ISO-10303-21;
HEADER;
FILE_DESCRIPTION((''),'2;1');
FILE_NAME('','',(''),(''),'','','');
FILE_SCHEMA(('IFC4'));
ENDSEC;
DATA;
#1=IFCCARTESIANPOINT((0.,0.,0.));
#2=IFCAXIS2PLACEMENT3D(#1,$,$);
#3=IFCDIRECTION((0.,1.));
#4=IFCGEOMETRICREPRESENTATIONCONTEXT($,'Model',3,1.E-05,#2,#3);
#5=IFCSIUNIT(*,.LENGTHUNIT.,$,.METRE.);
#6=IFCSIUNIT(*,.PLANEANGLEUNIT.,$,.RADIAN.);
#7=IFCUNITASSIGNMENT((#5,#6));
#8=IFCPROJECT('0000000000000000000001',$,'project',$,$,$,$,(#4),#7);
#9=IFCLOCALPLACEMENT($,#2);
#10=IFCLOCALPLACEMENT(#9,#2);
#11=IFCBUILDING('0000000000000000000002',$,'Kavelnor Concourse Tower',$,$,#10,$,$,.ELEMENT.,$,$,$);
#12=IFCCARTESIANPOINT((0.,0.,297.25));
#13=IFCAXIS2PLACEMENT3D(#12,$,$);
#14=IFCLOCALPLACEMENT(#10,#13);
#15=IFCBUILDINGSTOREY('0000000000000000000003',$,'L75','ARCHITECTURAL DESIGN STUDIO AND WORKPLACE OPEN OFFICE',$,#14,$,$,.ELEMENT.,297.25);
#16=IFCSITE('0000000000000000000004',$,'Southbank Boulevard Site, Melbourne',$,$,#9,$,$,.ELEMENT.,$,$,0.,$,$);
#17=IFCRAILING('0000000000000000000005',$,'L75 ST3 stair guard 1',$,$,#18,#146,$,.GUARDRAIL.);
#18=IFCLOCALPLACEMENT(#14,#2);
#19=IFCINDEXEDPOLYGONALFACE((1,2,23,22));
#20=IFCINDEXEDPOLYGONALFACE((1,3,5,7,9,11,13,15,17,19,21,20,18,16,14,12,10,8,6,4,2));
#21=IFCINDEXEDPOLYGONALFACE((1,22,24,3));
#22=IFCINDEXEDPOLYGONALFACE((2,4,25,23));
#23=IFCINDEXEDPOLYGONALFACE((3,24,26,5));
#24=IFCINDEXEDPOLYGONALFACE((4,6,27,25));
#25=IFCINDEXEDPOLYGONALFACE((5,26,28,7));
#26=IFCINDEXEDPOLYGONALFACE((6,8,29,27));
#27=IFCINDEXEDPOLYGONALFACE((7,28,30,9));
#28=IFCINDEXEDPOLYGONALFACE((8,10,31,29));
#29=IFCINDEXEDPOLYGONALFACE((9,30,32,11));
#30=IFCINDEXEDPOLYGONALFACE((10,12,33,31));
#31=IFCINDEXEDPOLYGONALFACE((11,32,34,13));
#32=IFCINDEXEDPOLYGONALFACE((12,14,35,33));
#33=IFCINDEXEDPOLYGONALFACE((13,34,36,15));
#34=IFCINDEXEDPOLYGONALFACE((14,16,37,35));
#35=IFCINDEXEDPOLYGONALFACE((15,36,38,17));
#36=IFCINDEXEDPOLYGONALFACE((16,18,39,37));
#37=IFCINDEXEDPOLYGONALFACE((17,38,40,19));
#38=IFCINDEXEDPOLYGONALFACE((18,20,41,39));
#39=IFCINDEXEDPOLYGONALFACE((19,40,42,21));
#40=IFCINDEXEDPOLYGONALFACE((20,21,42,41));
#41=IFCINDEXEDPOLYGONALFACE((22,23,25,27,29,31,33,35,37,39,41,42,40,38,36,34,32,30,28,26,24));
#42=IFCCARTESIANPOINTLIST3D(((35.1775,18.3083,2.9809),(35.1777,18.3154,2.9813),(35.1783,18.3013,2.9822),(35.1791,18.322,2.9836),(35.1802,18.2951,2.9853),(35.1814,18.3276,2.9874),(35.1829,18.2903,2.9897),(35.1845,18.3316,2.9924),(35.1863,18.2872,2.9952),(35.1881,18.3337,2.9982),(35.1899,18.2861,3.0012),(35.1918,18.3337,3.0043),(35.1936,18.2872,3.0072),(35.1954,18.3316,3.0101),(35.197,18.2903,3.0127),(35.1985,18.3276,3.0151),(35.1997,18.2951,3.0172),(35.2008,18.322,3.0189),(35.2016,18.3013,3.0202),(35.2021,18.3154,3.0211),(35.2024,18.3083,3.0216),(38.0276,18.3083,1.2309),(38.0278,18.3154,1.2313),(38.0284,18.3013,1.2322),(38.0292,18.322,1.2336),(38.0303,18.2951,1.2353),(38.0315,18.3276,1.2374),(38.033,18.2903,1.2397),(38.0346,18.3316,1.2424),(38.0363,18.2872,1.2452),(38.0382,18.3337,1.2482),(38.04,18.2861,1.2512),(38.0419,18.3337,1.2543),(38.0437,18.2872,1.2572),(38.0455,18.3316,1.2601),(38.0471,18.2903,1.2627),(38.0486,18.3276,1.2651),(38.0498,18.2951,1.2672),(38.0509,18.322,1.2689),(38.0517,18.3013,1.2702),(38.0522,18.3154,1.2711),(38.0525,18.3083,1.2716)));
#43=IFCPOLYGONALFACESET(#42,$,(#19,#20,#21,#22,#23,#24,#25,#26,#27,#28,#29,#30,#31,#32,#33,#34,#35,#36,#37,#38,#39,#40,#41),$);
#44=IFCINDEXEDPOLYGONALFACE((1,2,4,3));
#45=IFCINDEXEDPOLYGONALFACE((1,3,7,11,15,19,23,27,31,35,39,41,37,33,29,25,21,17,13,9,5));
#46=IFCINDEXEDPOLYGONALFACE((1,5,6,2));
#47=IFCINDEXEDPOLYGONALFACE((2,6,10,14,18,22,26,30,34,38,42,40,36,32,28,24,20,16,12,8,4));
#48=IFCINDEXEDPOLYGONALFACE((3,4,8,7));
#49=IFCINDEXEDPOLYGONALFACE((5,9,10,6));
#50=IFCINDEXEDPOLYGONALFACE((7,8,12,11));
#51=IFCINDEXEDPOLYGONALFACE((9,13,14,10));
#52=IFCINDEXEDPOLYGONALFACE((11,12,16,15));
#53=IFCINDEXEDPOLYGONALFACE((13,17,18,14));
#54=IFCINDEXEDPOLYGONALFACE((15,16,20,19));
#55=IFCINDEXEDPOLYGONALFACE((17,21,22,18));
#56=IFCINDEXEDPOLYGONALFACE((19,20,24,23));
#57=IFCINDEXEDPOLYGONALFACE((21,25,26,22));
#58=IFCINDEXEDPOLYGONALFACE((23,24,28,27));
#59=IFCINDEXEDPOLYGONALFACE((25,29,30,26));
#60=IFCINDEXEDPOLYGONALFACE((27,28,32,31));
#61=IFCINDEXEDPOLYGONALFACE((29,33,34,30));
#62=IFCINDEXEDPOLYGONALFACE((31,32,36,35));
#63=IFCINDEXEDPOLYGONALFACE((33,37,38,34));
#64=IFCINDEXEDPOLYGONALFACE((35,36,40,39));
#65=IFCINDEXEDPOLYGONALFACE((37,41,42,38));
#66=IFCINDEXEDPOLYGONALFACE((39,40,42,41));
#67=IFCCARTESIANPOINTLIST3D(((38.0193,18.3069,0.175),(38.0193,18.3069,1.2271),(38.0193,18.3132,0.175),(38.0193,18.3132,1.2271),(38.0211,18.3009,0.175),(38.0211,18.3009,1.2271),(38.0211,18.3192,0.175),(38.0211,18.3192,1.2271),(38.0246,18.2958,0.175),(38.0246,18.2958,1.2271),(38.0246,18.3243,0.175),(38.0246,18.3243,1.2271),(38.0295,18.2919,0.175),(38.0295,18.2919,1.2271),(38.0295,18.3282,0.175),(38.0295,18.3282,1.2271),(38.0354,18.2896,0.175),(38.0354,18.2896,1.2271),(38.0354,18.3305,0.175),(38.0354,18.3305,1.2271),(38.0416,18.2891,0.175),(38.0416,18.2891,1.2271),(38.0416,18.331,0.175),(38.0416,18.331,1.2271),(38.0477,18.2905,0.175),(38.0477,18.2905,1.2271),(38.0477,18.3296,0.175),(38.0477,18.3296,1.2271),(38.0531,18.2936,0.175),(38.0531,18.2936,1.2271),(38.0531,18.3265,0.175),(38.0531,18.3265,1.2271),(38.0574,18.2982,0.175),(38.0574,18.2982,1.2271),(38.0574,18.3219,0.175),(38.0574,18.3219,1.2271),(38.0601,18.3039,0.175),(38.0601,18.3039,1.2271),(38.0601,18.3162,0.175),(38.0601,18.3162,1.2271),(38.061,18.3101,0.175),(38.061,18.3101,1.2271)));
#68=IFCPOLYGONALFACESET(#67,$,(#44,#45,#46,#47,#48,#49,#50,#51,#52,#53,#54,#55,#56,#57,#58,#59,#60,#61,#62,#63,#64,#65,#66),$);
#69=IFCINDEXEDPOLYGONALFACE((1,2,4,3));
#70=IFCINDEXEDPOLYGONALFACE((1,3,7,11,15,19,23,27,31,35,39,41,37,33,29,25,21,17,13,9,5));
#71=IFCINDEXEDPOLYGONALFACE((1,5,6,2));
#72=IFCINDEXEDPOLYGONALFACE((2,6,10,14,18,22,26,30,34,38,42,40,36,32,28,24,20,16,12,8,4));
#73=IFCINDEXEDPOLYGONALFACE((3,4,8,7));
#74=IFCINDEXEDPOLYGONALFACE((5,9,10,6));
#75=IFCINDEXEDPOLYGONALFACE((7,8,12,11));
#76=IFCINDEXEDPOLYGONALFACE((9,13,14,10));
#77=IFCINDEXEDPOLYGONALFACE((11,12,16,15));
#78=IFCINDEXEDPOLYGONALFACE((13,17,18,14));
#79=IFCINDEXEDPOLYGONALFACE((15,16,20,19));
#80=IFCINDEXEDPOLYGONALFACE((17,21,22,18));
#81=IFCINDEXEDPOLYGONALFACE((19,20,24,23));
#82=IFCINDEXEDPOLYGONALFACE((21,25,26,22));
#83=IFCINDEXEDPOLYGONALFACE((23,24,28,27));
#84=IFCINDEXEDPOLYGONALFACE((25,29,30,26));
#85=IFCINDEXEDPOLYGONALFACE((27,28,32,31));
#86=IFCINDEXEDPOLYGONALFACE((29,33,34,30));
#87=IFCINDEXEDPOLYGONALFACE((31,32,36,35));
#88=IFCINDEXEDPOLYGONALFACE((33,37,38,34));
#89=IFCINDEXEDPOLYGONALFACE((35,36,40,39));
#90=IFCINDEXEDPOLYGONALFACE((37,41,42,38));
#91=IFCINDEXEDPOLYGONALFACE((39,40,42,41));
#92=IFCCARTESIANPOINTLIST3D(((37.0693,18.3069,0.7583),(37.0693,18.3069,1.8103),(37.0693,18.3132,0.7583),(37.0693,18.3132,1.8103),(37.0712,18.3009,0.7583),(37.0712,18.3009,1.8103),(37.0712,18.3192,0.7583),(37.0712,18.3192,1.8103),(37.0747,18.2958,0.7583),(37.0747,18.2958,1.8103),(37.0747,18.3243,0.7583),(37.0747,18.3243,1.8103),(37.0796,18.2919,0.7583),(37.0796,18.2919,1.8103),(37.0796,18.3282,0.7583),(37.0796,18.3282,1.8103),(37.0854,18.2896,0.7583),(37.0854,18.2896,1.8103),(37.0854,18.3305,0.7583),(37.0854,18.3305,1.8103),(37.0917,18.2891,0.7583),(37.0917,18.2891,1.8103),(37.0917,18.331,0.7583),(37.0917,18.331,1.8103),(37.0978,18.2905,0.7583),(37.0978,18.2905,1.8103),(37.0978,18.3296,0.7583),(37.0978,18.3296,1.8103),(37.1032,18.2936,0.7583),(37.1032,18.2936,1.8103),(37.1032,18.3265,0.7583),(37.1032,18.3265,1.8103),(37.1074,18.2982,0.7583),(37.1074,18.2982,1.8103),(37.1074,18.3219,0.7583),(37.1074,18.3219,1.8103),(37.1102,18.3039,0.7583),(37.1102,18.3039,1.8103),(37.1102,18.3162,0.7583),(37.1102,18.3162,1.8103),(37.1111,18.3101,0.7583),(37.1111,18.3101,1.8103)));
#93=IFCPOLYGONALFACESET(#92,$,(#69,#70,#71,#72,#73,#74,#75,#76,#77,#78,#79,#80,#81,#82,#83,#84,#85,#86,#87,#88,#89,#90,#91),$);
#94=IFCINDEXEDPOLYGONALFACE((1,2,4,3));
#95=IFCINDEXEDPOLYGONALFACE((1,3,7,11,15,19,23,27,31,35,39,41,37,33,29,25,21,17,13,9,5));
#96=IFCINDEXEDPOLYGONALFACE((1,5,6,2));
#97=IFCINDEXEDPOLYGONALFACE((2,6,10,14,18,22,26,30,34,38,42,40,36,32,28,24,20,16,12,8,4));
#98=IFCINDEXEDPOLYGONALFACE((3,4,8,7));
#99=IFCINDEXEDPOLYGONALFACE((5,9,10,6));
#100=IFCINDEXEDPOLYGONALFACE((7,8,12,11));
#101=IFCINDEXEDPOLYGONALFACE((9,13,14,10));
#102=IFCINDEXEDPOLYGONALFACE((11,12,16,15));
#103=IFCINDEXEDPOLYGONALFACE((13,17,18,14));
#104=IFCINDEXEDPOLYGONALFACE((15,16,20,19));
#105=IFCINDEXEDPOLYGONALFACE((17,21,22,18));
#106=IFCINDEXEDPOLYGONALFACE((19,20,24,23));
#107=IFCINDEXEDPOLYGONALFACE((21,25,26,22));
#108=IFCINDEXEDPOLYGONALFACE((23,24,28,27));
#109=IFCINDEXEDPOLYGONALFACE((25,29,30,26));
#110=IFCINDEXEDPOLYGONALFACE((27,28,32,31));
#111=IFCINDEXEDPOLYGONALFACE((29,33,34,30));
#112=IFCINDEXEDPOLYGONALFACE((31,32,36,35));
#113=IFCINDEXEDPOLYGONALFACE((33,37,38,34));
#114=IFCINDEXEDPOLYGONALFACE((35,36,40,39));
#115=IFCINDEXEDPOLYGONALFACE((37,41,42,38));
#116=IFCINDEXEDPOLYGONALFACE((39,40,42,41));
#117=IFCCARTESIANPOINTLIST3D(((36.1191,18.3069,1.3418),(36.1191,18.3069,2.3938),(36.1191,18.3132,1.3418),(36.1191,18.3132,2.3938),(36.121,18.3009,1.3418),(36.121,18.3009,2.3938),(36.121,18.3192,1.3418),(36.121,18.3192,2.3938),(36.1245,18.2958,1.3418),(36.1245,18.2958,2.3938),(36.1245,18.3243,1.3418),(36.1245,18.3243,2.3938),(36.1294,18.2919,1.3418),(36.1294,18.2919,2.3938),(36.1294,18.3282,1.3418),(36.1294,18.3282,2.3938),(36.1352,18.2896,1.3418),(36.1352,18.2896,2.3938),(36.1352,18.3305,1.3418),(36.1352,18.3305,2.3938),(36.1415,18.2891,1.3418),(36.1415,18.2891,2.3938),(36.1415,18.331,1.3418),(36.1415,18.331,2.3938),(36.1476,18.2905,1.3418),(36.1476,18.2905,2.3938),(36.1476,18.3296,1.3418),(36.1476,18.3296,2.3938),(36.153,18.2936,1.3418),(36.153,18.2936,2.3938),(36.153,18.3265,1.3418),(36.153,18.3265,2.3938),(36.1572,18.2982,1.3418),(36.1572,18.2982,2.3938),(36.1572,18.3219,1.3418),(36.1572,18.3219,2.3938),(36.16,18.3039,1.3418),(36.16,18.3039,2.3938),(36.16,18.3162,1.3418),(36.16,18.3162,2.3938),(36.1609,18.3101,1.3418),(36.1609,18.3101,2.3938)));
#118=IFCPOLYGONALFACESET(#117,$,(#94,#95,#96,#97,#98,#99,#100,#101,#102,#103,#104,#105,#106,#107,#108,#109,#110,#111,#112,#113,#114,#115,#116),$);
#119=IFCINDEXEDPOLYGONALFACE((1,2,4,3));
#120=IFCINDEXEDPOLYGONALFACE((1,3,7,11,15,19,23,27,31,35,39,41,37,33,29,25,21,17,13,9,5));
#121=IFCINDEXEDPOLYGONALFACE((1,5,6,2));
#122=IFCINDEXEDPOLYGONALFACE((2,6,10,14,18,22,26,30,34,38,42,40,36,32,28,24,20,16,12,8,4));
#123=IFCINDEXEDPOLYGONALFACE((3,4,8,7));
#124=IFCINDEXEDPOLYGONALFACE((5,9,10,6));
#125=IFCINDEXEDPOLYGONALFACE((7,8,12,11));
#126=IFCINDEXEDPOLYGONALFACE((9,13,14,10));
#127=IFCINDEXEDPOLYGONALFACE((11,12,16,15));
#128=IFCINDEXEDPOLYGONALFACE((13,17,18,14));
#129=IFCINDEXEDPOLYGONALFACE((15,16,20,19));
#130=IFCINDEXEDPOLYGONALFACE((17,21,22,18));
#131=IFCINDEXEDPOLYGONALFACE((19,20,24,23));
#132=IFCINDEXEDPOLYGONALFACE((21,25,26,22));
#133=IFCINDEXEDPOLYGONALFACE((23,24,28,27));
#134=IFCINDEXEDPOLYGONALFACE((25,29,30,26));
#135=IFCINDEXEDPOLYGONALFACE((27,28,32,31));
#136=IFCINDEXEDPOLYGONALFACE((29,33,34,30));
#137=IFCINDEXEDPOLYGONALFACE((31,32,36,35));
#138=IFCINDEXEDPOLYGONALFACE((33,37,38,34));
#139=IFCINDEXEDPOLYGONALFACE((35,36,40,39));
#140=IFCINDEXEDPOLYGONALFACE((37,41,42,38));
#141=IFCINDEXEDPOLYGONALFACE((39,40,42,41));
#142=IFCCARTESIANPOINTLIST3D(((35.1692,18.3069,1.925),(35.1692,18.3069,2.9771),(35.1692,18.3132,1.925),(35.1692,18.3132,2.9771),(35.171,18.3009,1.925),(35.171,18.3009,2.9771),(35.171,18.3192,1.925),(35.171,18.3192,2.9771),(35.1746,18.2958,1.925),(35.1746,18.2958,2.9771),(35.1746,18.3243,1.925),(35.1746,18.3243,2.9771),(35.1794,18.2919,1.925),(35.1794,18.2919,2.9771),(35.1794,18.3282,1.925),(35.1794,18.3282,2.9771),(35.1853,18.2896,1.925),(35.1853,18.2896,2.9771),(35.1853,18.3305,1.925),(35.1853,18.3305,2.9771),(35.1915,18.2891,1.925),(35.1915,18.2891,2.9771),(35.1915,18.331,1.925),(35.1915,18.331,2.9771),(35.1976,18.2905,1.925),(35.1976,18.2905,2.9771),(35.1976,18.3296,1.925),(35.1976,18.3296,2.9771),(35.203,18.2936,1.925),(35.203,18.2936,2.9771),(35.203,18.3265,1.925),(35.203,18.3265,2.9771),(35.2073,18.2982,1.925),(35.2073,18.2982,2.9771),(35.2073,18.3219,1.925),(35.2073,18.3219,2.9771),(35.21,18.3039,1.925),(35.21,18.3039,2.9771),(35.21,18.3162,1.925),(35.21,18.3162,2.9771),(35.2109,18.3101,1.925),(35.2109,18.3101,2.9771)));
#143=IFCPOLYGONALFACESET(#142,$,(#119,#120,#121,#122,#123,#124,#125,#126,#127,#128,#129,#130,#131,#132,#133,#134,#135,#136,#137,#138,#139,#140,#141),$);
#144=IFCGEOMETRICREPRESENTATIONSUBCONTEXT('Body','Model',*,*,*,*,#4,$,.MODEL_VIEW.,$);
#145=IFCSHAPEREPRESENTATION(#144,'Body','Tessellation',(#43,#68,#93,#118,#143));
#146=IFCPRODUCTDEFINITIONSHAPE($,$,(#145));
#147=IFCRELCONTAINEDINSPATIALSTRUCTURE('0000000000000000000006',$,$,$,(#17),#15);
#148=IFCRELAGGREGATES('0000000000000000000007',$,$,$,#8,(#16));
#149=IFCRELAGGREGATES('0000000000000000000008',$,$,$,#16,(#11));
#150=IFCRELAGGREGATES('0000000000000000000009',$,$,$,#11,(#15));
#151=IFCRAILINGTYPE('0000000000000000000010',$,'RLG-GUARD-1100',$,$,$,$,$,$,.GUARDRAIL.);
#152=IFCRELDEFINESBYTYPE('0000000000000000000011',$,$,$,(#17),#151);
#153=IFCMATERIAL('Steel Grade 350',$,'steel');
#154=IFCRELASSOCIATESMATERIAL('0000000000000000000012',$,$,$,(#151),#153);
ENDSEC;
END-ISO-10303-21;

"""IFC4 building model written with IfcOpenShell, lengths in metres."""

from ifc_helpers import new_model, si_unit, direction, frame, origin, origin_2d, place, context, subcontext, project, spatial, circle, extrude, material, type_object, element, save


model = new_model("IFC4")

# Units and contexts
model_context = context("Model", 3, precision=1e-05, world=origin(), true_north=direction((0.0, 1.0)))
body_context = subcontext(model_context, "Body", "Model", "MODEL_VIEW")
ifc_project = project(units=[si_unit("LENGTHUNIT", "METRE"), si_unit("PLANEANGLEUNIT", "RADIAN")], contexts=[model_context])

# Site, building, storey
site_placement = place(None, origin())
site = spatial("IfcSite", under=ifc_project, at=site_placement, Name="Southbank Boulevard Site, Melbourne", CompositionType="ELEMENT", RefElevation=0.0)
building_placement = place(site_placement, origin())
building = spatial("IfcBuilding", under=site, at=building_placement, Name="Kavelnor Concourse Tower", CompositionType="ELEMENT")
storey_placement = place(building_placement, frame((0.0, 0.0, 297.25)))
storey = spatial("IfcBuildingStorey", under=building, at=storey_placement, Name="L75", Description="ARCHITECTURAL DESIGN STUDIO AND WORKPLACE OPEN OFFICE", CompositionType="ELEMENT", Elevation=297.25)

# Shared definitions
ifc_material_1 = material(Name="Steel Grade 350", Category="steel")

# Railing
railing_type_1 = type_object("IfcRailingType", Name="RLG-GUARD-1100", PredefinedType="GUARDRAIL", material=ifc_material_1)
railing_1_placement = place(storey_placement, frame((38.04, 18.3101, 0.175)))
element("IfcRailing", 1, at=railing_1_placement, inside=storey, type_object=railing_type_1, Name="L75 ST3 stair guard 1", PredefinedType="GUARDRAIL", context=body_context, shape_type="SweptSolid", body=[
    extrude(circle(Radius=0.0239, at=origin_2d()), frame((0.0, 0.0, 1.0762), z_axis=(-0.852179, 0.0, 0.52325), x_axis=(0.0, -1.0, 0.0)), (0.0, 0.0, 1.0), 3.3445),
    extrude(circle(Radius=0.021, at=origin_2d()), origin(), (0.0, 0.0, 1.0), 1.052),
    extrude(circle(Radius=0.021, at=origin_2d()), frame((-0.95, 0.0, 0.5833)), (0.0, 0.0, 1.0), 1.052),
    extrude(circle(Radius=0.021, at=origin_2d()), frame((-1.9001, 0.0, 1.1667)), (0.0, 0.0, 1.0), 1.052),
    extrude(circle(Radius=0.021, at=origin_2d()), frame((-2.8501, 0.0, 1.75)), (0.0, 0.0, 1.0), 1.052),
])

save(model, "model.ifc")
